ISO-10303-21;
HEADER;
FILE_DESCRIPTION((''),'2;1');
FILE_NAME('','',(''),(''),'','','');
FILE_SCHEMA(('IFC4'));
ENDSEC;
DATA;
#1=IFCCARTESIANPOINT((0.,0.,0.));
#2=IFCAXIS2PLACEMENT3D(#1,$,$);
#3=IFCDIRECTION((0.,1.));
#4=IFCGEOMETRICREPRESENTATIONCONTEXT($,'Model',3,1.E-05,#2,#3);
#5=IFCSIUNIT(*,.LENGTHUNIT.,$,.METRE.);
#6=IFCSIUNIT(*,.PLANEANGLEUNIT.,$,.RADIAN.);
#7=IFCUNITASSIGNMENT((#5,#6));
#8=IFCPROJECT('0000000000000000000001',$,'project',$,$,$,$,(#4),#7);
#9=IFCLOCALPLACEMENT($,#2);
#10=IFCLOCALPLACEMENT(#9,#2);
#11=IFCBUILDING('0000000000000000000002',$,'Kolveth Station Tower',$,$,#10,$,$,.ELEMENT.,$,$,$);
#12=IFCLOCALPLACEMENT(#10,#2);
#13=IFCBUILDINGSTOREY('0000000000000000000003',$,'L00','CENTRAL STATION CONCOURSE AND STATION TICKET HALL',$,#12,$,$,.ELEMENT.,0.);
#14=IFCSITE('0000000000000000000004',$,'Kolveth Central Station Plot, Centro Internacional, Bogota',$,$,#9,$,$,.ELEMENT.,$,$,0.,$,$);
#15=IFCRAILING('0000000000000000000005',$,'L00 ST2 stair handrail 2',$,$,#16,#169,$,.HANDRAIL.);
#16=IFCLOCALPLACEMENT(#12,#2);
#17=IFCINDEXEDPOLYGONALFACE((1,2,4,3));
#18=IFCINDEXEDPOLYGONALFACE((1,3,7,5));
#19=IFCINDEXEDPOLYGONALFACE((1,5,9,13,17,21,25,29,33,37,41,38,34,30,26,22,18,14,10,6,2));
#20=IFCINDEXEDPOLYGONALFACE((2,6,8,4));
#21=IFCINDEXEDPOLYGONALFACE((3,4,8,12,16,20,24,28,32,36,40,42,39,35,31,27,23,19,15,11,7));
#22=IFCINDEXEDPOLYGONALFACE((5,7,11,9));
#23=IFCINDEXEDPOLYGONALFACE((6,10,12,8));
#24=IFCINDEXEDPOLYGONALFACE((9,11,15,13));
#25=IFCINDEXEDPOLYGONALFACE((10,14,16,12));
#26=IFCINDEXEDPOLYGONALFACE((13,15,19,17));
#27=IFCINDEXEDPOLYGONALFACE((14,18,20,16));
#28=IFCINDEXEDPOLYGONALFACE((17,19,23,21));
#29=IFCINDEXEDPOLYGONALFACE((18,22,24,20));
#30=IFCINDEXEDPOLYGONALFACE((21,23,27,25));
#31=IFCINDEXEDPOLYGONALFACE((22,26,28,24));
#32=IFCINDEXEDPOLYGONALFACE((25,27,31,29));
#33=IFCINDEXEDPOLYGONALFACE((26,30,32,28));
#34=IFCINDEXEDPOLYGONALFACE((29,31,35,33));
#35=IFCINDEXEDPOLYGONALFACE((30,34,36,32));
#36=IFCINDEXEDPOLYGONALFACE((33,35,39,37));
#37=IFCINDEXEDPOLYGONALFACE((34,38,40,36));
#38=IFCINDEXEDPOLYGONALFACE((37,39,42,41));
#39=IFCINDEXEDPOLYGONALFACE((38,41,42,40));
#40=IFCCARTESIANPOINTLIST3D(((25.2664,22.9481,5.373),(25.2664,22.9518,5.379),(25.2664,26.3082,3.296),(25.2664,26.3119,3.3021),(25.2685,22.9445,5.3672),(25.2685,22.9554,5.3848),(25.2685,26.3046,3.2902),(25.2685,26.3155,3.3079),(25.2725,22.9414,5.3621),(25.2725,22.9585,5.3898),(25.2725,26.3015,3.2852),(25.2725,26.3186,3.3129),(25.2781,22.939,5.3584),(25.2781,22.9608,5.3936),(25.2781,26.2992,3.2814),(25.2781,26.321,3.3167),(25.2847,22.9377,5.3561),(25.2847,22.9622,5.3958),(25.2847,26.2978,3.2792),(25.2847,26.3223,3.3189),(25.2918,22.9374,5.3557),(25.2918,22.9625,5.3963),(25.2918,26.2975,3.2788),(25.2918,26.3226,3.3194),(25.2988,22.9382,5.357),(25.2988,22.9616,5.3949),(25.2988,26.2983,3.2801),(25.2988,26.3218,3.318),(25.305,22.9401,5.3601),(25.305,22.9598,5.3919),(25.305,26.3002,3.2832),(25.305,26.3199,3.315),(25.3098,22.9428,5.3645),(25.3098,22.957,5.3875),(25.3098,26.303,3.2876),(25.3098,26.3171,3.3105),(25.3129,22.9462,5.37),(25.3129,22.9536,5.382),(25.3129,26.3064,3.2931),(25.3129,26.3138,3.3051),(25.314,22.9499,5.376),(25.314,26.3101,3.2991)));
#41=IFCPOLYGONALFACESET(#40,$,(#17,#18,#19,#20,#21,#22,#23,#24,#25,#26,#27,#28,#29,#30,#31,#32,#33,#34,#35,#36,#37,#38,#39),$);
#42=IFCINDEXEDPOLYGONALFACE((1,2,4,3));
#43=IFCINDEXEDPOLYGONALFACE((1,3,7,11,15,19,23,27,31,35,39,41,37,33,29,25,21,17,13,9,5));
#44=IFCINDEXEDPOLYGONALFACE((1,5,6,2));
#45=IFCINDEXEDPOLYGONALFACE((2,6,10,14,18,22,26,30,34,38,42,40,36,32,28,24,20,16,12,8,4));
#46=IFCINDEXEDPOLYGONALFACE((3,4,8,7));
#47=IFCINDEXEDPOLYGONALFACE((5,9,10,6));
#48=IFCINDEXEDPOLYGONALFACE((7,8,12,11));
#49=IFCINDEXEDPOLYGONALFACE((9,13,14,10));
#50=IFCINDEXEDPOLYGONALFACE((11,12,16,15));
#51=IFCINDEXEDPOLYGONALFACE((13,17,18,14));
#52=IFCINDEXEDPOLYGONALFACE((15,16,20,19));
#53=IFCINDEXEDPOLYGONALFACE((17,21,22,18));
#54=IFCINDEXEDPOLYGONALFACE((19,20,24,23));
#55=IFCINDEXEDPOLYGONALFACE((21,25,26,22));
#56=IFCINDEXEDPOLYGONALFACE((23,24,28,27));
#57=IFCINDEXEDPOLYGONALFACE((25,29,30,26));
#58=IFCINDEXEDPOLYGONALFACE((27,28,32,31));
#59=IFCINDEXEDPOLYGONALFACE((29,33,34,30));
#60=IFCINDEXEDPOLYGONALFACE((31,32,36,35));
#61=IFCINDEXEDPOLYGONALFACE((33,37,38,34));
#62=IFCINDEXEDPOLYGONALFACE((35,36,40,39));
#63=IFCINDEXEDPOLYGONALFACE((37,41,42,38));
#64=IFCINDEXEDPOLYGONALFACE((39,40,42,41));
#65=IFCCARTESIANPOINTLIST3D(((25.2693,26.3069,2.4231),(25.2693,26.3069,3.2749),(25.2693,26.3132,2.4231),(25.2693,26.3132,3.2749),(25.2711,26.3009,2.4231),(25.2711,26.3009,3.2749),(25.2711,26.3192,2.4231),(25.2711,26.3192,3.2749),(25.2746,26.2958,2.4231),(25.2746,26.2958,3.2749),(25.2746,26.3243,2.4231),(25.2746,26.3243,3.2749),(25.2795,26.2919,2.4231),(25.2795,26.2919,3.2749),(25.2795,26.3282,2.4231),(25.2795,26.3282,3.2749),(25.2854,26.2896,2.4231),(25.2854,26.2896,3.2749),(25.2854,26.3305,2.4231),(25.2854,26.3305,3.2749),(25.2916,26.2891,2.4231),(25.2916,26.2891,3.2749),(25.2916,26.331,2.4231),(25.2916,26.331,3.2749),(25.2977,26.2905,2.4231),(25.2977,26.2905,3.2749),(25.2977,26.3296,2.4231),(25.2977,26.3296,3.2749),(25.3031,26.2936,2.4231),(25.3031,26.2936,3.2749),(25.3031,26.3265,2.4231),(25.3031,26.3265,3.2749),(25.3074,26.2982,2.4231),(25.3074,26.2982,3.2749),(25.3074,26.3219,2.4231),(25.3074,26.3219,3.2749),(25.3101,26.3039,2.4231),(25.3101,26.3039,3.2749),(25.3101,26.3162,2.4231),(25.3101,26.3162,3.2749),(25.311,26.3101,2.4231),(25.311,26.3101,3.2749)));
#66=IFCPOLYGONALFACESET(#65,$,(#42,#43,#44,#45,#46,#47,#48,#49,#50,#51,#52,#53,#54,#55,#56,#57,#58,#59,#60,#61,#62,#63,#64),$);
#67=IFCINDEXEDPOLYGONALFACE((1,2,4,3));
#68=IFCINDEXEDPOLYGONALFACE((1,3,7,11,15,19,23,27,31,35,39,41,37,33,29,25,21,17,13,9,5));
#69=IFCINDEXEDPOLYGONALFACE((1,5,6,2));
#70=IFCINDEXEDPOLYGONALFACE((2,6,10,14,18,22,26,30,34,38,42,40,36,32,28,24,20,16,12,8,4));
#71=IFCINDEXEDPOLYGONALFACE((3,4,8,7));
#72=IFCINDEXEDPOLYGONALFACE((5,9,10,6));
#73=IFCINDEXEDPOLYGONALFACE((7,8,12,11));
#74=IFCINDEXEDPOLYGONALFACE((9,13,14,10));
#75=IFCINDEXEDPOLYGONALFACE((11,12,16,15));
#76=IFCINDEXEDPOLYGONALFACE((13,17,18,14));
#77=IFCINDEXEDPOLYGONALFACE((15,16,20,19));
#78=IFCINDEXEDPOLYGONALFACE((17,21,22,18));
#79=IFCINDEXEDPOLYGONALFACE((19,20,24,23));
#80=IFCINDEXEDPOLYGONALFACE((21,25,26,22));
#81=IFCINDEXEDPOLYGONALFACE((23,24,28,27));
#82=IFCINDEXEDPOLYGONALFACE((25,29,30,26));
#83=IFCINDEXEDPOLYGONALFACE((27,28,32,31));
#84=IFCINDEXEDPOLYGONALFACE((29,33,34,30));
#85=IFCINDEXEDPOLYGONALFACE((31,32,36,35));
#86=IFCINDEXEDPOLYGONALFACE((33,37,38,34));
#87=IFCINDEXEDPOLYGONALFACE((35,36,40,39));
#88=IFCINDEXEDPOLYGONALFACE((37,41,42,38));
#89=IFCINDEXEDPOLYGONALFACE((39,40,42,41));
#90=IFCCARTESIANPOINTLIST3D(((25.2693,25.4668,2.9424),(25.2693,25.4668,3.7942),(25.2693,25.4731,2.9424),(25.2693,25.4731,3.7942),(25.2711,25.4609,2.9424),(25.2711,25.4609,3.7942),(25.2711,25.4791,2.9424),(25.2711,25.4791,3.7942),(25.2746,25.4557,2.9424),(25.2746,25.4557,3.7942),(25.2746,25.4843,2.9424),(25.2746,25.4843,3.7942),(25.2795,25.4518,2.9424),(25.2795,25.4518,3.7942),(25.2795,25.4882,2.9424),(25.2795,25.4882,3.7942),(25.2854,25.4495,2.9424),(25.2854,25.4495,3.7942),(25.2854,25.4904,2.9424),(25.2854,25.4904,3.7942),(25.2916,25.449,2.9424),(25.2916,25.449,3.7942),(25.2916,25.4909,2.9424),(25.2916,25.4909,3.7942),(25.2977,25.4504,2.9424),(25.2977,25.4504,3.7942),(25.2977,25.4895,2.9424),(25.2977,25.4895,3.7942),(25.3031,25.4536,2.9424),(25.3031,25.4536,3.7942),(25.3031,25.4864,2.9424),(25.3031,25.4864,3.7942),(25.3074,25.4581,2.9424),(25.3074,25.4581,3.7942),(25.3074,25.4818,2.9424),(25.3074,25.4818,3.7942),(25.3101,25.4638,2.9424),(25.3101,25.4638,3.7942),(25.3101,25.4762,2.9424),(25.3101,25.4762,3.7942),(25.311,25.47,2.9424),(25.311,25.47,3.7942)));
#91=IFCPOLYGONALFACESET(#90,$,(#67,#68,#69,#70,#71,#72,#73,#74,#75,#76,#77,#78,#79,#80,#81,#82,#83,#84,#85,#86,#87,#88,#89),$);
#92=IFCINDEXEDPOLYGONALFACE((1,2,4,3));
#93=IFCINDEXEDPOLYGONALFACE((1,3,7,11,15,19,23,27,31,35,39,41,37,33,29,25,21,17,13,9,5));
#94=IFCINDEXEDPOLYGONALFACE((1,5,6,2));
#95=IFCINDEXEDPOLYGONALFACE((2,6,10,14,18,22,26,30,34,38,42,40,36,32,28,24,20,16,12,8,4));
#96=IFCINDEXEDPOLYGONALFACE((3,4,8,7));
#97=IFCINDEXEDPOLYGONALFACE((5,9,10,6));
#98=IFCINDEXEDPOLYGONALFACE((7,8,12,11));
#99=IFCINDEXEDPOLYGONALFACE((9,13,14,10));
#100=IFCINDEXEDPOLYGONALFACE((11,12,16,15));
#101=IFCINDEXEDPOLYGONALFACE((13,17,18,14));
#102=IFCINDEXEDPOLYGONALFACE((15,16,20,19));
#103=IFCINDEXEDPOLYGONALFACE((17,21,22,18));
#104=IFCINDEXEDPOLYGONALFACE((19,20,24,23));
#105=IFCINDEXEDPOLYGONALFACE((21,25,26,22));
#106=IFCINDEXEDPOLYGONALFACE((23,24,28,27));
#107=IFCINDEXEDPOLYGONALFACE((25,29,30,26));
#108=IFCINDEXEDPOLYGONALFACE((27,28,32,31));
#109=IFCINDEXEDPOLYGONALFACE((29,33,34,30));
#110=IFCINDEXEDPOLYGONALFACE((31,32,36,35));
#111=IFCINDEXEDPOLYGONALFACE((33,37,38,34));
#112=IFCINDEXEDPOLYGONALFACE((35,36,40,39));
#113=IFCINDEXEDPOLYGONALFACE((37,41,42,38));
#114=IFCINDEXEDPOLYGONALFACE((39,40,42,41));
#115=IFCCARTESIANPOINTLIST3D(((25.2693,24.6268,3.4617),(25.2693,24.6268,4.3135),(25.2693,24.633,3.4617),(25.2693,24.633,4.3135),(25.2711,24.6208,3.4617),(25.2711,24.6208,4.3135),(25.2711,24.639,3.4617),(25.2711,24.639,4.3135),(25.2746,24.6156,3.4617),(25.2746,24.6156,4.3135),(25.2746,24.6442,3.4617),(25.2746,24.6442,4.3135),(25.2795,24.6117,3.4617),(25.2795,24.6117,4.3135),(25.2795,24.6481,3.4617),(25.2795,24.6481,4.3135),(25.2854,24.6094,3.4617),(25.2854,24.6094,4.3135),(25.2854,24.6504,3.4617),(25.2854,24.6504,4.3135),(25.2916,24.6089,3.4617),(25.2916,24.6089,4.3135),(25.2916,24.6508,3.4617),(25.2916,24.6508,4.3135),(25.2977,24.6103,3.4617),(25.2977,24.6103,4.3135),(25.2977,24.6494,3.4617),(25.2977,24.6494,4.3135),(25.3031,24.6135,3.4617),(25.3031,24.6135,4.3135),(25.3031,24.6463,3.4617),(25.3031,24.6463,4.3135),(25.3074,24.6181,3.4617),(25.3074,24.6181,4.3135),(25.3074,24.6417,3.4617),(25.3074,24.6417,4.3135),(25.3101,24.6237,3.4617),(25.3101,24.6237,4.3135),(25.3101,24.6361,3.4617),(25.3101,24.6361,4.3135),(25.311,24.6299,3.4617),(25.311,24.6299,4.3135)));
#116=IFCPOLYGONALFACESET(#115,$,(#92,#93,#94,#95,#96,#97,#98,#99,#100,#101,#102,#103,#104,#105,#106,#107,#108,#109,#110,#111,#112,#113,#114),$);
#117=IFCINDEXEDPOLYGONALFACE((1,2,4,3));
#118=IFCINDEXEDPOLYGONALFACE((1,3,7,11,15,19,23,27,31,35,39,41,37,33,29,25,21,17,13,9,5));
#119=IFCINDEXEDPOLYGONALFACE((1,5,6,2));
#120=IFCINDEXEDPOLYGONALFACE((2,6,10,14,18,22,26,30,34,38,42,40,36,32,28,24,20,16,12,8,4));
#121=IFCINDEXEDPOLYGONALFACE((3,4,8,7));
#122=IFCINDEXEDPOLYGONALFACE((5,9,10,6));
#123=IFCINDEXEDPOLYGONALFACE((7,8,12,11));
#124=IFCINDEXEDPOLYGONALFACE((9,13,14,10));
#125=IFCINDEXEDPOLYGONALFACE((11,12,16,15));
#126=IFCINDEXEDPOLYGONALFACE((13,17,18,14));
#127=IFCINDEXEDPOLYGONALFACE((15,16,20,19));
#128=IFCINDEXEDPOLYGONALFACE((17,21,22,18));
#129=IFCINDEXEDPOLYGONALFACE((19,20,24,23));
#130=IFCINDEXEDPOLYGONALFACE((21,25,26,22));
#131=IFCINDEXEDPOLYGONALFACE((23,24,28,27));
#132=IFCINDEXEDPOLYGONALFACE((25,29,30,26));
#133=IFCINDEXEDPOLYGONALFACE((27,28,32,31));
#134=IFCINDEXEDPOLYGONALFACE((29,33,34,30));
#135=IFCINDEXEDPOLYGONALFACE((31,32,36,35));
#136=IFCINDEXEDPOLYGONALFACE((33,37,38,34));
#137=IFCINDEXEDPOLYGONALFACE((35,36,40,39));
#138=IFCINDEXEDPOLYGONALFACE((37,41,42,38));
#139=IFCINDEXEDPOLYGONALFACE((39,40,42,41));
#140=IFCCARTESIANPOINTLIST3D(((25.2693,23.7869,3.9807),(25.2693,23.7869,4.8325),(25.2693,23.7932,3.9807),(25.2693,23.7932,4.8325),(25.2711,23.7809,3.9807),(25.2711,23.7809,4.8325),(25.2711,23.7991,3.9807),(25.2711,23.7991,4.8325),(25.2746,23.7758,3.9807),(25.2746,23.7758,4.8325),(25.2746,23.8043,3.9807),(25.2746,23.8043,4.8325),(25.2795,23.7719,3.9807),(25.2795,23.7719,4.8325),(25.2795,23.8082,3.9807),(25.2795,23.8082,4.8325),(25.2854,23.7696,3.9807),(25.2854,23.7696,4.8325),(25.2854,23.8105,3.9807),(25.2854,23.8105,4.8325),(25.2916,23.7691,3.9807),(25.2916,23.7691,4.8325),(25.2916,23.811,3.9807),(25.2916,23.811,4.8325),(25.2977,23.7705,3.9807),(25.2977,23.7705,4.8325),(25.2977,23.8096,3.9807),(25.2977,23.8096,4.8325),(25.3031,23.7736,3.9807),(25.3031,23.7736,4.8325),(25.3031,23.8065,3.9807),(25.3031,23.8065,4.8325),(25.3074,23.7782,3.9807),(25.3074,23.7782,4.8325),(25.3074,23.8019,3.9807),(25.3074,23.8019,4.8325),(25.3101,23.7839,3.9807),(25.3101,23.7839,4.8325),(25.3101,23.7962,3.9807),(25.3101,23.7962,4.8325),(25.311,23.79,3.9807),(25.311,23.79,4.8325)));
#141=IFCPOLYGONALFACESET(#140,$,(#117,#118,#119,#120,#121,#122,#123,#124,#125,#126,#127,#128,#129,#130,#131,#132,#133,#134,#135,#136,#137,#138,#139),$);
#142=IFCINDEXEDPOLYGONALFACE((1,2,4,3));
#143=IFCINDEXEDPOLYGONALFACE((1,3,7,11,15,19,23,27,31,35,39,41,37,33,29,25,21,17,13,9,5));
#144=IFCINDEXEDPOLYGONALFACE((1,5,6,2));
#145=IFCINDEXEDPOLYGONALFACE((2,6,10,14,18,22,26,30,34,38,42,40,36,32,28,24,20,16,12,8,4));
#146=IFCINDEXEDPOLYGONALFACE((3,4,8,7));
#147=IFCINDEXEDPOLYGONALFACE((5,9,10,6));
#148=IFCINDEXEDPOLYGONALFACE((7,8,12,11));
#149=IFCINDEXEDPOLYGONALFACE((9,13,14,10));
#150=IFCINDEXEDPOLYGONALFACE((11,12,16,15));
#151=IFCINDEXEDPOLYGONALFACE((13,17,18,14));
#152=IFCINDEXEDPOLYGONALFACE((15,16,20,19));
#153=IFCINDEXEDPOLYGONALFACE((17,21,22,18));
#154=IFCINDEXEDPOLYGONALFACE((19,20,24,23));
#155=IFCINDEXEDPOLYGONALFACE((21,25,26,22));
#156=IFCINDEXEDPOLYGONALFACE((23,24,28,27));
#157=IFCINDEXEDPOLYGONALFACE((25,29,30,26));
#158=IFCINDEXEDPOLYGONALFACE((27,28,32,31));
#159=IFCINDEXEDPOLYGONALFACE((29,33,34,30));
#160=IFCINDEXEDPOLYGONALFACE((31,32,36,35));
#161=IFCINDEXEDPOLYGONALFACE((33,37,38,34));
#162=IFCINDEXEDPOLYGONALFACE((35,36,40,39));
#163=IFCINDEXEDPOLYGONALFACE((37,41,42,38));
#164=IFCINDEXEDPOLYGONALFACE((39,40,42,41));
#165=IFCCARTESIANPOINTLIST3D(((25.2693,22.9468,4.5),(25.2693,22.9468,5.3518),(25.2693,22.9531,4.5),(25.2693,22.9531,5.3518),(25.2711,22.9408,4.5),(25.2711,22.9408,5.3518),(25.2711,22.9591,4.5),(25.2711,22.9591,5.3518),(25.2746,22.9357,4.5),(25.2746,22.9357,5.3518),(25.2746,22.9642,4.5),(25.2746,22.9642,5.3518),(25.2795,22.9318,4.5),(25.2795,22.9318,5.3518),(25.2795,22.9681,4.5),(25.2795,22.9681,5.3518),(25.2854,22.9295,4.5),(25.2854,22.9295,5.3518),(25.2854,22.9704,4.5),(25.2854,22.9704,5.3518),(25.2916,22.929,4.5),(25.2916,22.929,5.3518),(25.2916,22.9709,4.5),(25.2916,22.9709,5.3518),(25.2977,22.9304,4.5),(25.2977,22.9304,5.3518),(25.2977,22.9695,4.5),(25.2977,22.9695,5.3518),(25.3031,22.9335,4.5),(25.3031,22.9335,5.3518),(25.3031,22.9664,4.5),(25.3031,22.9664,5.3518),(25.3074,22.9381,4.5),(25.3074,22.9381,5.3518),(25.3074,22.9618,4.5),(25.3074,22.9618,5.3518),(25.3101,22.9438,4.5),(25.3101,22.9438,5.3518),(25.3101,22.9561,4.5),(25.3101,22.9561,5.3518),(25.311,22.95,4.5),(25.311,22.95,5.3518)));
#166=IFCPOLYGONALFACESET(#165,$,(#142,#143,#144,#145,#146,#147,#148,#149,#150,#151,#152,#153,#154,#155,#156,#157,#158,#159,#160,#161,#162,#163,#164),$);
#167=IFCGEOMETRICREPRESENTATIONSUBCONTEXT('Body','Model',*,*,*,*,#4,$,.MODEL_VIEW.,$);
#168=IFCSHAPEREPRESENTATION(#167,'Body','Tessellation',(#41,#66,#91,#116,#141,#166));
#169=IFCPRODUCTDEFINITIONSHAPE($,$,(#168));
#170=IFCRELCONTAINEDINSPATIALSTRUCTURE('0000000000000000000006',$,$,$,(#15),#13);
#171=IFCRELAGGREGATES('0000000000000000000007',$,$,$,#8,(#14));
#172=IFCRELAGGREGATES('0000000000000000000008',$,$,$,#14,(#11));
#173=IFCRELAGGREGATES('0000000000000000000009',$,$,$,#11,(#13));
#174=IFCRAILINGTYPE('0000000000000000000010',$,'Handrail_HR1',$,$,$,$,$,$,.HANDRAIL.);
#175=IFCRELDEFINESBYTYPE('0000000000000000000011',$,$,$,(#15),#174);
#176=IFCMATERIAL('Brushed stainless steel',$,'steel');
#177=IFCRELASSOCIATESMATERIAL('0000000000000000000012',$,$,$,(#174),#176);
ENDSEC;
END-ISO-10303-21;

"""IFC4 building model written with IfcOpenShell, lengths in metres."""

from ifc_helpers import new_model, si_unit, direction, frame, origin, origin_2d, place, context, subcontext, project, spatial, circle, extrude, material, type_object, element, save


model = new_model("IFC4")

# Units and contexts
model_context = context("Model", 3, precision=1e-05, world=origin(), true_north=direction((0.0, 1.0)))
body_context = subcontext(model_context, "Body", "Model", "MODEL_VIEW")
ifc_project = project(units=[si_unit("LENGTHUNIT", "METRE"), si_unit("PLANEANGLEUNIT", "RADIAN")], contexts=[model_context])

# Site, building, storey
site_placement = place(None, origin())
site = spatial("IfcSite", under=ifc_project, at=site_placement, Name="Kolveth Central Station Plot, Centro Internacional, Bogota", CompositionType="ELEMENT", RefElevation=0.0)
building_placement = place(site_placement, origin())
building = spatial("IfcBuilding", under=site, at=building_placement, Name="Kolveth Station Tower", CompositionType="ELEMENT")
storey_placement = place(building_placement, origin())
storey = spatial("IfcBuildingStorey", under=building, at=storey_placement, Name="L00", Description="CENTRAL STATION CONCOURSE AND STATION TICKET HALL", CompositionType="ELEMENT", Elevation=0.0)

# Railing
ifc_material_1 = material(Name="Brushed stainless steel", Category="steel")
railing_type_1 = type_object("IfcRailingType", Name="Handrail_HR1", PredefinedType="HANDRAIL", material=ifc_material_1)
for number, where, name in (
    (1, (25.29, 26.3101, 2.4231), "L00 ST2 stair handrail 2"),
):
    element("IfcRailing", number, at=place(storey_placement, frame(where)), inside=storey, type_object=railing_type_1, Name=name, PredefinedType="HANDRAIL", context=body_context, shape_type="SweptSolid", body=[
        extrude(circle(Radius=0.0239, at=origin_2d()), frame((0.0, 0.0, 0.876), z_axis=(0.0, -0.850623, 0.525776), x_axis=(1.0, 0.0, 0.0)), (0.0, 0.0, 1.0), 3.9502),
        extrude(circle(Radius=0.021, at=origin_2d()), origin(), (0.0, 0.0, 1.0), 0.8518),
        extrude(circle(Radius=0.021, at=origin_2d()), frame((0.0, -0.8401, 0.5193)), (0.0, 0.0, 1.0), 0.8518),
        extrude(circle(Radius=0.021, at=origin_2d()), frame((0.0, -1.6802, 1.0386)), (0.0, 0.0, 1.0), 0.8518),
        extrude(circle(Radius=0.021, at=origin_2d()), frame((0.0, -2.52, 1.5576)), (0.0, 0.0, 1.0), 0.8518),
        extrude(circle(Radius=0.021, at=origin_2d()), frame((0.0, -3.3601, 2.0769)), (0.0, 0.0, 1.0), 0.8518),
    ])

save(model, "model.ifc")
